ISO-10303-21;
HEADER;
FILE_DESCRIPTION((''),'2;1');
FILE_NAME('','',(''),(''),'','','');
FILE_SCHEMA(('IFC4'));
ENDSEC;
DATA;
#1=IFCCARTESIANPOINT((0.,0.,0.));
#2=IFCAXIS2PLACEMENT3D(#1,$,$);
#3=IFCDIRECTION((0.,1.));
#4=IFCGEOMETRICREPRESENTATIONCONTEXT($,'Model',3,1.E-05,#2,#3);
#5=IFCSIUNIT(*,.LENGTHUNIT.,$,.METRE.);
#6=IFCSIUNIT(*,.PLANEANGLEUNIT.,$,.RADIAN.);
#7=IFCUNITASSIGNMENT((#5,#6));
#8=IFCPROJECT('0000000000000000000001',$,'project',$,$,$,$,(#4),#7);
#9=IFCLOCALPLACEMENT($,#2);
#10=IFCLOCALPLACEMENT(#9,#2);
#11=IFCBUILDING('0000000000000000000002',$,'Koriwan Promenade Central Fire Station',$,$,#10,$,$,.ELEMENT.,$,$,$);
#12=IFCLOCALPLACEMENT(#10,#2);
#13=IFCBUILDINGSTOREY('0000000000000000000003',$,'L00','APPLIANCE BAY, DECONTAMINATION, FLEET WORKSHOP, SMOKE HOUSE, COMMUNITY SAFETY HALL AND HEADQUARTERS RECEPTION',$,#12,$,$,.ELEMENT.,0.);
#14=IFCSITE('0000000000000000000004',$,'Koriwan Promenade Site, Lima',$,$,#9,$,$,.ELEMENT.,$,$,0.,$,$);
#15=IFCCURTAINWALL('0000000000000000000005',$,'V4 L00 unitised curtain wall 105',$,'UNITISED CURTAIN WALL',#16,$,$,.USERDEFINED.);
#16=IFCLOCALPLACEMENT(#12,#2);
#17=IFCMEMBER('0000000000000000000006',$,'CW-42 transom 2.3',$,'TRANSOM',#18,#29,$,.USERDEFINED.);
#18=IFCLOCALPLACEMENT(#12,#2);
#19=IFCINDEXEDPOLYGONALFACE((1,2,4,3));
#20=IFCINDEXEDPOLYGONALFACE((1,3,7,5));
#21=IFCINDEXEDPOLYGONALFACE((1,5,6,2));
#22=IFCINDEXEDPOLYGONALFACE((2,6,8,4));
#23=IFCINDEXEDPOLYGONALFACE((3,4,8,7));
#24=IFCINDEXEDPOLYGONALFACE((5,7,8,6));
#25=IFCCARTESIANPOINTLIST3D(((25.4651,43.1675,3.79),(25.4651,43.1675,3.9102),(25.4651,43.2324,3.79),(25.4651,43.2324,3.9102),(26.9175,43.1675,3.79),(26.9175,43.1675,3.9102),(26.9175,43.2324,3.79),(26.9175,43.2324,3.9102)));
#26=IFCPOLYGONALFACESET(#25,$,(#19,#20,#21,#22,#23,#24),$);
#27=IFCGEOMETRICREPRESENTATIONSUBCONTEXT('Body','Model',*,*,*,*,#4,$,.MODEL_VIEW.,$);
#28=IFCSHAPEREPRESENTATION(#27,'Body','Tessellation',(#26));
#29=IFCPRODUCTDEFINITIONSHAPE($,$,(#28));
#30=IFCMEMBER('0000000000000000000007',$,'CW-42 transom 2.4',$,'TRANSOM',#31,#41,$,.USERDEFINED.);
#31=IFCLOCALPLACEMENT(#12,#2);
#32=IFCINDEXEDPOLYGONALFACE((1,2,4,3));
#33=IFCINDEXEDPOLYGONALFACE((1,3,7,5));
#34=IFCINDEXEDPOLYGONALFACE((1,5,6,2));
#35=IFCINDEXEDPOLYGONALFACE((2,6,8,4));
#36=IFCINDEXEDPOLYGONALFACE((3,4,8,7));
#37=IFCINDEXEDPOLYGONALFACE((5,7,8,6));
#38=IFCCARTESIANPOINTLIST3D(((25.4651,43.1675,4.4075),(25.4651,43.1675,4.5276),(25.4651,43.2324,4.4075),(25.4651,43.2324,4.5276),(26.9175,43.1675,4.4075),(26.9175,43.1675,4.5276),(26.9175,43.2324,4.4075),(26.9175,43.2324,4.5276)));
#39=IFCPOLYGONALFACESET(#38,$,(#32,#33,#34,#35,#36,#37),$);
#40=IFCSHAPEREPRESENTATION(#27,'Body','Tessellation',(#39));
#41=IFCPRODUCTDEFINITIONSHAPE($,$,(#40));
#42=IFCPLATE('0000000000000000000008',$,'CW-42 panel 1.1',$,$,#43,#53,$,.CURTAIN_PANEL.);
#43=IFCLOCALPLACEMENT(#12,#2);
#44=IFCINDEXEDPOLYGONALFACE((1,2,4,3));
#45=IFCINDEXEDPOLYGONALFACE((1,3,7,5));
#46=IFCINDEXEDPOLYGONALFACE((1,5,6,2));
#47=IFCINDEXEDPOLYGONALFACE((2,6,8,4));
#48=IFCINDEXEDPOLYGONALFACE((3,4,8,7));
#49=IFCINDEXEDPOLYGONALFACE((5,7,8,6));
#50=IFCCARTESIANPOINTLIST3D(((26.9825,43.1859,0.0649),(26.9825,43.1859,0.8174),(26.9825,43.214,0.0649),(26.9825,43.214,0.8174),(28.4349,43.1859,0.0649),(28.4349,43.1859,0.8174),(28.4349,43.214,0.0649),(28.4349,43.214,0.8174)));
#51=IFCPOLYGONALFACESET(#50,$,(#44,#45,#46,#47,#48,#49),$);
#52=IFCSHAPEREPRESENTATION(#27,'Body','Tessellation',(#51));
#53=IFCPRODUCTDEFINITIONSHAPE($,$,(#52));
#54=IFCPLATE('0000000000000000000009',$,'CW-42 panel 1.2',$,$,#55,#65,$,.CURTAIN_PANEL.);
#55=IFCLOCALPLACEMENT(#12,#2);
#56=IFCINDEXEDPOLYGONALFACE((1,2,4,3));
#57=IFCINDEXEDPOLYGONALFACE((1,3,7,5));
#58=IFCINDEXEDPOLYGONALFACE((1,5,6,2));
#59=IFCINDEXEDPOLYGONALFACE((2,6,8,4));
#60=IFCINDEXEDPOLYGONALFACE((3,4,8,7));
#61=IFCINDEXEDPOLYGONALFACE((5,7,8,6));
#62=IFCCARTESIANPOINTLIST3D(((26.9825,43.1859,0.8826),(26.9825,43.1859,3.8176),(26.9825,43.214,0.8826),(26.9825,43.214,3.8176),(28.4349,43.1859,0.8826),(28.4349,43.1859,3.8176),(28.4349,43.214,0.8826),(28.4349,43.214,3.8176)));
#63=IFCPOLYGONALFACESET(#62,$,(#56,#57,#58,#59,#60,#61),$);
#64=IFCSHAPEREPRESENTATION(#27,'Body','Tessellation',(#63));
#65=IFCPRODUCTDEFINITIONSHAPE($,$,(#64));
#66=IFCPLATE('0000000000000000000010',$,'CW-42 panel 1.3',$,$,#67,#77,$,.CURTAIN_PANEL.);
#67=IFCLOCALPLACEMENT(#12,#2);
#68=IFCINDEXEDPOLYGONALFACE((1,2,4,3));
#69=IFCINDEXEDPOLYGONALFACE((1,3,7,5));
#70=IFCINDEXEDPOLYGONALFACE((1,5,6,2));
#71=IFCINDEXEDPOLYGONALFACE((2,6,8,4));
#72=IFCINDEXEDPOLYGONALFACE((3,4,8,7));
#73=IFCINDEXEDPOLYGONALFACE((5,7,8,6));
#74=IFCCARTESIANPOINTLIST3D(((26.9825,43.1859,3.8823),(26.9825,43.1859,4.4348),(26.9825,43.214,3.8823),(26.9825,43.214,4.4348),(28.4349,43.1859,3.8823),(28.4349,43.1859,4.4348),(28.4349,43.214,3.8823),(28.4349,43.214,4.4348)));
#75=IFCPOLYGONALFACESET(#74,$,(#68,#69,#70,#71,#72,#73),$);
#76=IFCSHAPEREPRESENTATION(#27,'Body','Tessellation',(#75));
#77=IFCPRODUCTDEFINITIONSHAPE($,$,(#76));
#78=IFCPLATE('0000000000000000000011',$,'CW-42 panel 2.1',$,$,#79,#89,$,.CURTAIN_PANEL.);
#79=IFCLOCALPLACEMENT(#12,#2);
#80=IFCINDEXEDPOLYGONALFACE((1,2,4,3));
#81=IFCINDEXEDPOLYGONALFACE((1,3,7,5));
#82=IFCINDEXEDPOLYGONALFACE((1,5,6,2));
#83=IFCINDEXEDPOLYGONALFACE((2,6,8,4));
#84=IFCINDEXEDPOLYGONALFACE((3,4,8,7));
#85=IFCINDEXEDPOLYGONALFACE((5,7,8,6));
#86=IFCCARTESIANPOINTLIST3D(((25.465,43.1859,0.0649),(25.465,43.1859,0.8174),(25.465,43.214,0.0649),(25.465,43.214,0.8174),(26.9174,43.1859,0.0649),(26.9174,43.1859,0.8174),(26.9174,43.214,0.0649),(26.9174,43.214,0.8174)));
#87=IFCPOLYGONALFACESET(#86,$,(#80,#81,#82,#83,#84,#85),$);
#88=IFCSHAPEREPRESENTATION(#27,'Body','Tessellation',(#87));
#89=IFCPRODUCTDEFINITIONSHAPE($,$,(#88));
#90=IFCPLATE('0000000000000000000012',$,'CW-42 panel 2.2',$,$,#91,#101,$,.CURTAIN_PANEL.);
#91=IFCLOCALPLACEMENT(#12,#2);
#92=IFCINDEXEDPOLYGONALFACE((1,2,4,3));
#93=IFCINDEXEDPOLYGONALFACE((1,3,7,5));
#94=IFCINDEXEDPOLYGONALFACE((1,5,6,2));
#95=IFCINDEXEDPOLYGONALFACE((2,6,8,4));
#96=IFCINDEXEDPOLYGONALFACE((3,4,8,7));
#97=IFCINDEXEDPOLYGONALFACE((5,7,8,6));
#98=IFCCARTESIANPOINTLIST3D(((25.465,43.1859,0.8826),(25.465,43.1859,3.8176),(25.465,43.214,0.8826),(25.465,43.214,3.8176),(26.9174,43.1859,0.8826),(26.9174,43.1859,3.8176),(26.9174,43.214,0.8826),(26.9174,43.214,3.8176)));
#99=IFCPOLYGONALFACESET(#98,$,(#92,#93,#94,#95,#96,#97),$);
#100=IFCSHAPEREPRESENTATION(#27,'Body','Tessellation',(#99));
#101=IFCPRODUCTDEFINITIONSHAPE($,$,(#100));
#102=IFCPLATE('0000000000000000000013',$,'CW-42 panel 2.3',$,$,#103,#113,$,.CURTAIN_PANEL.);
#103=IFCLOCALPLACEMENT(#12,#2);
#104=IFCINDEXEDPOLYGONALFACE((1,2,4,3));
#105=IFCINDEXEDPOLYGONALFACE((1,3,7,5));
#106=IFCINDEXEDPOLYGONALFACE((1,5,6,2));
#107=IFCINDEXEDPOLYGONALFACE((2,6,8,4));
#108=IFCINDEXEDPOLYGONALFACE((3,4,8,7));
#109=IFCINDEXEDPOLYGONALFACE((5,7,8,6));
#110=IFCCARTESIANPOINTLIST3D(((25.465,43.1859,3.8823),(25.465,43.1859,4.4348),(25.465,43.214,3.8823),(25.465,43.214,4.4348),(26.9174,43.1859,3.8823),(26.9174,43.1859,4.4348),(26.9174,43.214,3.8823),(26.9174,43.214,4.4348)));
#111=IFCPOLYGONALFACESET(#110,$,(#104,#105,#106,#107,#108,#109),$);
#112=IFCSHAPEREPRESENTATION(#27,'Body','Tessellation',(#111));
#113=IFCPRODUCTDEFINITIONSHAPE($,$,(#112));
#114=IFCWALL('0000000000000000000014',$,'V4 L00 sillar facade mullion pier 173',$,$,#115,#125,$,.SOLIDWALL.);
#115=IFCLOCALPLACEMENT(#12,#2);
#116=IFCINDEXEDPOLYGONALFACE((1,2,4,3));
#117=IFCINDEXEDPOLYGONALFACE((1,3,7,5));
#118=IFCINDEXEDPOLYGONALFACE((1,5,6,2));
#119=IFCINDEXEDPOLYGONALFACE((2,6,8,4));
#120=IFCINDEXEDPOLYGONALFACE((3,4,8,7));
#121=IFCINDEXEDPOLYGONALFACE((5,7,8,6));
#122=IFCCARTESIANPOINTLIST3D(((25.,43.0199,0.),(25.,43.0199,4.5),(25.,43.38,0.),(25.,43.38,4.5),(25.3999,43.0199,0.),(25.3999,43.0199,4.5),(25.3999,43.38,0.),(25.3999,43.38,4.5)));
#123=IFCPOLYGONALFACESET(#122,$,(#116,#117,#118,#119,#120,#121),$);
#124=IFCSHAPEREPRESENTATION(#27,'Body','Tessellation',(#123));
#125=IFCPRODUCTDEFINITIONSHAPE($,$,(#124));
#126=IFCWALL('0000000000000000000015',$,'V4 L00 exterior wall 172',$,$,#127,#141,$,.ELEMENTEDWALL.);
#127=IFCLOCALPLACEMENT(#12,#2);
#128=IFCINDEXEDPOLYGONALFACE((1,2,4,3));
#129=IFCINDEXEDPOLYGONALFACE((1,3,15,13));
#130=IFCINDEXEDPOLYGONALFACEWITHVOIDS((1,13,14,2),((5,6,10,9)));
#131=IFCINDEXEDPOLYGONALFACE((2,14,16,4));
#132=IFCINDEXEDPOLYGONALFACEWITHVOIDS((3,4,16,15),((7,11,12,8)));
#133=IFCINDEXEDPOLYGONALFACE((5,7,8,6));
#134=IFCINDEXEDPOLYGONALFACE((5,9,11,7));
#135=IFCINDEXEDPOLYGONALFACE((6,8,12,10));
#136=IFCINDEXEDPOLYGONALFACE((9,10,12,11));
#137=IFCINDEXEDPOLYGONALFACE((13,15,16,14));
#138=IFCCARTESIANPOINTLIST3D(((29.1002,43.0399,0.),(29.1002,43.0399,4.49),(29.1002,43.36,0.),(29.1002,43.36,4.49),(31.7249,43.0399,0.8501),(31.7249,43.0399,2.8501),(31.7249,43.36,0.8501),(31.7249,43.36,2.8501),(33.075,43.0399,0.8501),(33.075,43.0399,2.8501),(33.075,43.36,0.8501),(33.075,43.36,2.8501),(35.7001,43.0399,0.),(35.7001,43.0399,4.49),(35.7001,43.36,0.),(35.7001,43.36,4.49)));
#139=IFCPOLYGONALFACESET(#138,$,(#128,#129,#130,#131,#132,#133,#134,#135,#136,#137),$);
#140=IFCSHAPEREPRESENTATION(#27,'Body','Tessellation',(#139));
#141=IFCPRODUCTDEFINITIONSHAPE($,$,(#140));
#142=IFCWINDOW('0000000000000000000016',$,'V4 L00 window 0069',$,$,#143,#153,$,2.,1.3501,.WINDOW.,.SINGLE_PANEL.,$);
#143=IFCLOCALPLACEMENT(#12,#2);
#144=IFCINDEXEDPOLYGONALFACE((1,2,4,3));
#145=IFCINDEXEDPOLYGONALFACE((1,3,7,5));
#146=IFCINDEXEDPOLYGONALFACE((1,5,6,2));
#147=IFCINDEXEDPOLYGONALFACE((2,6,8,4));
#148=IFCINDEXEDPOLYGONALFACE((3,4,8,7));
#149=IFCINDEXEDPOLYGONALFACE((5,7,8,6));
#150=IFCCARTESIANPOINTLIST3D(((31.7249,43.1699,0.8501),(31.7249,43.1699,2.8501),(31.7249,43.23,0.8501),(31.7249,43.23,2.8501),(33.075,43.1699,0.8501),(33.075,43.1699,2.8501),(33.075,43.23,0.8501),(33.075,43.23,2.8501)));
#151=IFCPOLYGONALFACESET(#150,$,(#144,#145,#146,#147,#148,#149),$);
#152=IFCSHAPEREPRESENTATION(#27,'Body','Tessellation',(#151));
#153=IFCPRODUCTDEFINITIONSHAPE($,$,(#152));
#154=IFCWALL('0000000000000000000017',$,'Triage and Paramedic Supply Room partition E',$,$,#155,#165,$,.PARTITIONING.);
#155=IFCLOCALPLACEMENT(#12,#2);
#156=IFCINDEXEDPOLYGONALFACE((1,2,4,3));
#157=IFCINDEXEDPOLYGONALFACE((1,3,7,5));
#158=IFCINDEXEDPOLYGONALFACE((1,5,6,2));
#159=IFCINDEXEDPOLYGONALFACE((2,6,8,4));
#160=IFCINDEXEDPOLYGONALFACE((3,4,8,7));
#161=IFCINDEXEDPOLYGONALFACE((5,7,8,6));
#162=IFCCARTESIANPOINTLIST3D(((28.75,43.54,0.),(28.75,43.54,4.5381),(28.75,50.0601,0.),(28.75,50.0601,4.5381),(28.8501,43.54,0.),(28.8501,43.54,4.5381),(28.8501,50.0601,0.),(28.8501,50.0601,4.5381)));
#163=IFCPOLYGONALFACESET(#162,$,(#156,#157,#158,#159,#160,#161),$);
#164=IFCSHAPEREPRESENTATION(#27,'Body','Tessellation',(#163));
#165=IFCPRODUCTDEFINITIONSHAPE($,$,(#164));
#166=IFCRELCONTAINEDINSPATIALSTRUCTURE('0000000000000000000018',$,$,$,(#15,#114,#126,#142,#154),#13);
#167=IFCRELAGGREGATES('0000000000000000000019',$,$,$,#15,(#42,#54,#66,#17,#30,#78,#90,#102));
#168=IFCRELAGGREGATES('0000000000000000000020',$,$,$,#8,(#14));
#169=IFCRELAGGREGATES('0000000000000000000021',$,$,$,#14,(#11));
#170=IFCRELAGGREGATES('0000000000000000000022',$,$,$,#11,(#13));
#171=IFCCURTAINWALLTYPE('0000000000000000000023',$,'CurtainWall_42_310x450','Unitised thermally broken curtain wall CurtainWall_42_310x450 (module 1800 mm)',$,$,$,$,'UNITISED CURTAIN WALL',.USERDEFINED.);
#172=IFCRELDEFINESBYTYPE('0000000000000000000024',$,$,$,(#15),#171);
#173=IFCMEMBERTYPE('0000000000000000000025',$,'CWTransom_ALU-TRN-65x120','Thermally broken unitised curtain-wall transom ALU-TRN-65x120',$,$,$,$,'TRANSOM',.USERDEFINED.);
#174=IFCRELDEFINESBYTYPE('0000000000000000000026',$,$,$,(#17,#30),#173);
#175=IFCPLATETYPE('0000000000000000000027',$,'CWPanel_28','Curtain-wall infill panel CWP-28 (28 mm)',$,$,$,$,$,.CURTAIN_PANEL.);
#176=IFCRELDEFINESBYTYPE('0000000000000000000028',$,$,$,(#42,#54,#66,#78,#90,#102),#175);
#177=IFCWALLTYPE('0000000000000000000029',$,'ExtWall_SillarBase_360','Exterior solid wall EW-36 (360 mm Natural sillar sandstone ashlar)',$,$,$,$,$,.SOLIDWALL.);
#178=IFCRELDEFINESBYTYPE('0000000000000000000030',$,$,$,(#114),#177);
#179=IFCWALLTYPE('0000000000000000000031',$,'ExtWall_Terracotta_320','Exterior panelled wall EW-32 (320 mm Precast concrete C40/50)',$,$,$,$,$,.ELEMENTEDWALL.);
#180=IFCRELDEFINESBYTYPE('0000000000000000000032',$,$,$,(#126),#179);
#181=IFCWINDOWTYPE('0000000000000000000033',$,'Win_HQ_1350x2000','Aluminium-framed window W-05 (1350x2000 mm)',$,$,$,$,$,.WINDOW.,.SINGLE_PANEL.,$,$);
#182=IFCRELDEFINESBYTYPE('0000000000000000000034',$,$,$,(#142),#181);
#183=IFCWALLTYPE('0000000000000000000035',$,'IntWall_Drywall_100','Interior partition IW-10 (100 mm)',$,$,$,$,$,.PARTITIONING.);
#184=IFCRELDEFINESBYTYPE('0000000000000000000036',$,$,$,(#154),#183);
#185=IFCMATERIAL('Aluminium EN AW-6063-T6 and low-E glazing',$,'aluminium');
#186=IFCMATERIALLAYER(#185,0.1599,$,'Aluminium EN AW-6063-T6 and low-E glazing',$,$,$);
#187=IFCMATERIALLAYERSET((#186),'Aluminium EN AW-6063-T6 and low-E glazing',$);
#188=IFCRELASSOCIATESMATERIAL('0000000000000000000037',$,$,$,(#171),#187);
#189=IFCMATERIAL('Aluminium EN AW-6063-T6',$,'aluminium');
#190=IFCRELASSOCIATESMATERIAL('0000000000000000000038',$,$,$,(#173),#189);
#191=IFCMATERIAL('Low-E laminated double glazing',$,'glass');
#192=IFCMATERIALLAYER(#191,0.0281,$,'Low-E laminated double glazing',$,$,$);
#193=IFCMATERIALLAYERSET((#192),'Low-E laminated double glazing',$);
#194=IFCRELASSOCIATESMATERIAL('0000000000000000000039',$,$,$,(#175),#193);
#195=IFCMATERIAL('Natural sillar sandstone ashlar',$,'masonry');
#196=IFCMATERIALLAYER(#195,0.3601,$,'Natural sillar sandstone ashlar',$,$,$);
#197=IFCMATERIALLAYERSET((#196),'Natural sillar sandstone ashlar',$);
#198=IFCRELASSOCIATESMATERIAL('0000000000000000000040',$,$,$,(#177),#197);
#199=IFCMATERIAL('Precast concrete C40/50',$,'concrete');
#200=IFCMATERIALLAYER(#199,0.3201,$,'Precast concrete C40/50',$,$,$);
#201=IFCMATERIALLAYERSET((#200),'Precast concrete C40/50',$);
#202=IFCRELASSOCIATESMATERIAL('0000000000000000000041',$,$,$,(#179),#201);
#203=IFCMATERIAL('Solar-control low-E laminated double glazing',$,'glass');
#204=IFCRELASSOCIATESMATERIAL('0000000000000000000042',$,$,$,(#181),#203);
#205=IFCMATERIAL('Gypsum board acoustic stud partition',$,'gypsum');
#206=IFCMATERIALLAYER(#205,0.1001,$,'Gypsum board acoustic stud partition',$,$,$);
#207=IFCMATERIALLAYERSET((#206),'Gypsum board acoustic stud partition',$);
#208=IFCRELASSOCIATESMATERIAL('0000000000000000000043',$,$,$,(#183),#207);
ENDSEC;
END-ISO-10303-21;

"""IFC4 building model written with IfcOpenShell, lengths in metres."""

from ifc_helpers import new_model, si_unit, direction, frame, frame_2d, origin, origin_2d, place, context, subcontext, project, spatial, rectangle, extrude, material, layer, layer_set, material_profile, profile_set, type_object, element, fill, aggregate, save


model = new_model("IFC4")

# Units and contexts
model_context = context("Model", 3, precision=1e-05, world=origin(), true_north=direction((0.0, 1.0)))
body_context = subcontext(model_context, "Body", "Model", "MODEL_VIEW")
ifc_project = project(units=[si_unit("LENGTHUNIT", "METRE"), si_unit("PLANEANGLEUNIT", "RADIAN")], contexts=[model_context])

# Site, building, storey
site_placement = place(None, origin())
site = spatial("IfcSite", under=ifc_project, at=site_placement, Name="Koriwan Promenade Site, Lima", CompositionType="ELEMENT", RefElevation=0.0)
building_placement = place(site_placement, origin())
building = spatial("IfcBuilding", under=site, at=building_placement, Name="Koriwan Promenade Central Fire Station", CompositionType="ELEMENT")
storey_placement = place(building_placement, origin())
storey = spatial("IfcBuildingStorey", under=building, at=storey_placement, Name="L00", Description="APPLIANCE BAY, DECONTAMINATION, FLEET WORKSHOP, SMOKE HOUSE, COMMUNITY SAFETY HALL AND HEADQUARTERS RECEPTION", CompositionType="ELEMENT", Elevation=0.0)

# Curtain wall, members, plates
ifc_material_1 = material(Name="Aluminium EN AW-6063-T6 and low-E glazing", Category="aluminium")
ifc_layer_1 = layer(ifc_material_1, 0.1599, Name="Aluminium EN AW-6063-T6 and low-E glazing")
ifc_layer_set_1 = layer_set([ifc_layer_1], Name="Aluminium EN AW-6063-T6 and low-E glazing")
curtain_wall_type = type_object("IfcCurtainWallType", Name="CurtainWall_42_310x450", Description="Unitised thermally broken curtain wall CurtainWall_42_310x450 (module 1800 mm)", ElementType="UNITISED CURTAIN WALL", PredefinedType="USERDEFINED", material=ifc_layer_set_1)
curtain_wall_placement = place(storey_placement, origin())
curtain_wall = element("IfcCurtainWall", 1, at=curtain_wall_placement, inside=storey, type_object=curtain_wall_type, Name="V4 L00 unitised curtain wall 105", ObjectType="UNITISED CURTAIN WALL", PredefinedType="USERDEFINED")
ifc_material_2 = material(Name="Aluminium EN AW-6063-T6", Category="aluminium")
ifc_material_profile_1 = material_profile(ifc_material_2, rectangle(XDim=0.0649, YDim=0.1201, at=origin_2d()), Name="ALU-TRN-65x120")
ifc_profile_set_1 = profile_set([ifc_material_profile_1], Name="Aluminium EN AW-6063-T6")
member_type_1 = type_object("IfcMemberType", Name="CWTransom_ALU-TRN-65x120", Description="Thermally broken unitised curtain-wall transom ALU-TRN-65x120", ElementType="TRANSOM", PredefinedType="USERDEFINED", material=ifc_profile_set_1)
member_1_placement = place(storey_placement, frame((26.9175, 43.2, 3.8501), z_axis=(-1.0, 0.0, 0.0), x_axis=(0.0, -1.0, 0.0)))
member_1 = element("IfcMember", 2, at=member_1_placement, type_object=member_type_1, Name="CW-42 transom 2.3", ObjectType="TRANSOM", PredefinedType="USERDEFINED", context=body_context, shape_type="SweptSolid", body=[
    extrude(rectangle(XDim=0.0649, YDim=0.1201, at=origin_2d()), origin(), (0.0, 0.0, 1.0), 1.4524),
])
member_2_placement = place(storey_placement, frame((26.9175, 43.2, 4.4675), z_axis=(-1.0, 0.0, 0.0), x_axis=(0.0, -1.0, 0.0)))
member_2 = element("IfcMember", 3, at=member_2_placement, type_object=member_type_1, Name="CW-42 transom 2.4", ObjectType="TRANSOM", PredefinedType="USERDEFINED", context=body_context, shape_type="SweptSolid", body=[
    extrude(rectangle(XDim=0.0649, YDim=0.1201, at=origin_2d()), origin(), (0.0, 0.0, 1.0), 1.4524),
])
ifc_material_3 = material(Name="Low-E laminated double glazing", Category="glass")
ifc_layer_2 = layer(ifc_material_3, 0.0281, Name="Low-E laminated double glazing")
ifc_layer_set_2 = layer_set([ifc_layer_2], Name="Low-E laminated double glazing")
plate_type = type_object("IfcPlateType", Name="CWPanel_28", Description="Curtain-wall infill panel CWP-28 (28 mm)", PredefinedType="CURTAIN_PANEL", material=ifc_layer_set_2)
plate_1_placement = place(storey_placement, frame((27.7087, 43.2, 0.0649), z_axis=(0.0, 0.0, 1.0), x_axis=(-1.0, 0.0, 0.0)))
plate_1 = element("IfcPlate", 4, at=plate_1_placement, type_object=plate_type, Name="CW-42 panel 1.1", PredefinedType="CURTAIN_PANEL", context=body_context, shape_type="SweptSolid", body=[
    extrude(rectangle(XDim=1.4524, YDim=0.0281, at=origin_2d()), origin(), (0.0, 0.0, 1.0), 0.7524),
])
plate_2_placement = place(storey_placement, frame((27.7087, 43.2, 0.8826), z_axis=(0.0, 0.0, 1.0), x_axis=(-1.0, 0.0, 0.0)))
plate_2 = element("IfcPlate", 5, at=plate_2_placement, type_object=plate_type, Name="CW-42 panel 1.2", PredefinedType="CURTAIN_PANEL", context=body_context, shape_type="SweptSolid", body=[
    extrude(rectangle(XDim=1.4524, YDim=0.0281, at=origin_2d()), origin(), (0.0, 0.0, 1.0), 2.9351),
])
plate_3_placement = place(storey_placement, frame((27.7087, 43.2, 3.8823), z_axis=(0.0, 0.0, 1.0), x_axis=(-1.0, 0.0, 0.0)))
plate_3 = element("IfcPlate", 6, at=plate_3_placement, type_object=plate_type, Name="CW-42 panel 1.3", PredefinedType="CURTAIN_PANEL", context=body_context, shape_type="SweptSolid", body=[
    extrude(rectangle(XDim=1.4524, YDim=0.0281, at=origin_2d()), origin(), (0.0, 0.0, 1.0), 0.5525),
])
plate_4_placement = place(storey_placement, frame((26.1912, 43.2, 0.0649), z_axis=(0.0, 0.0, 1.0), x_axis=(-1.0, 0.0, 0.0)))
plate_4 = element("IfcPlate", 7, at=plate_4_placement, type_object=plate_type, Name="CW-42 panel 2.1", PredefinedType="CURTAIN_PANEL", context=body_context, shape_type="SweptSolid", body=[
    extrude(rectangle(XDim=1.4524, YDim=0.0281, at=origin_2d()), origin(), (0.0, 0.0, 1.0), 0.7524),
])
plate_5_placement = place(storey_placement, frame((26.1912, 43.2, 0.8826), z_axis=(0.0, 0.0, 1.0), x_axis=(-1.0, 0.0, 0.0)))
plate_5 = element("IfcPlate", 8, at=plate_5_placement, type_object=plate_type, Name="CW-42 panel 2.2", PredefinedType="CURTAIN_PANEL", context=body_context, shape_type="SweptSolid", body=[
    extrude(rectangle(XDim=1.4524, YDim=0.0281, at=origin_2d()), origin(), (0.0, 0.0, 1.0), 2.9351),
])
plate_6_placement = place(storey_placement, frame((26.1912, 43.2, 3.8823), z_axis=(0.0, 0.0, 1.0), x_axis=(-1.0, 0.0, 0.0)))
plate_6 = element("IfcPlate", 9, at=plate_6_placement, type_object=plate_type, Name="CW-42 panel 2.3", PredefinedType="CURTAIN_PANEL", context=body_context, shape_type="SweptSolid", body=[
    extrude(rectangle(XDim=1.4524, YDim=0.0281, at=origin_2d()), origin(), (0.0, 0.0, 1.0), 0.5525),
])
aggregate(curtain_wall, [plate_1, plate_2, plate_3, member_1, member_2, plate_4, plate_5, plate_6])

# Wall
ifc_material_4 = material(Name="Natural sillar sandstone ashlar", Category="masonry")
ifc_layer_3 = layer(ifc_material_4, 0.3601, Name="Natural sillar sandstone ashlar")
ifc_layer_set_3 = layer_set([ifc_layer_3], Name="Natural sillar sandstone ashlar")
wall_type_1 = type_object("IfcWallType", Name="ExtWall_SillarBase_360", Description="Exterior solid wall EW-36 (360 mm Natural sillar sandstone ashlar)", PredefinedType="SOLIDWALL", material=ifc_layer_set_3)
wall_1_placement = place(storey_placement, frame((25.3999, 43.2, 0.0), z_axis=(0.0, 0.0, 1.0), x_axis=(-1.0, 0.0, 0.0)))
element("IfcWall", 10, at=wall_1_placement, inside=storey, type_object=wall_type_1, Name="V4 L00 sillar facade mullion pier 173", PredefinedType="SOLIDWALL", context=body_context, shape_type="SweptSolid", body=[
    extrude(rectangle(XDim=0.3999, YDim=0.3601, at=frame_2d((0.2, 0.0))), origin(), (0.0, 0.0, 1.0), 4.5),
])

# Wall, opening, window
ifc_material_5 = material(Name="Precast concrete C40/50", Category="concrete")
ifc_layer_4 = layer(ifc_material_5, 0.3201, Name="Precast concrete C40/50")
ifc_layer_set_4 = layer_set([ifc_layer_4], Name="Precast concrete C40/50")
wall_type_2 = type_object("IfcWallType", Name="ExtWall_Terracotta_320", Description="Exterior panelled wall EW-32 (320 mm Precast concrete C40/50)", PredefinedType="ELEMENTEDWALL", material=ifc_layer_set_4)
wall_2_placement = place(storey_placement, frame((35.7, 43.2, 0.0), z_axis=(0.0, 0.0, 1.0), x_axis=(-1.0, 0.0, 0.0)))
wall_2 = element("IfcWall", 11, at=wall_2_placement, inside=storey, type_object=wall_type_2, Name="V4 L00 exterior wall 172", PredefinedType="ELEMENTEDWALL", context=body_context, shape_type="SweptSolid", body=[
    extrude(rectangle(XDim=6.5999, YDim=0.3201, at=frame_2d((3.2998, 0.0))), origin(), (0.0, 0.0, 1.0), 4.49),
])
opening_placement = place(wall_2_placement, frame((2.625, 0.0, 0.8501)))
opening = element("IfcOpeningElement", 12, at=opening_placement, cuts=wall_2, PredefinedType="OPENING", context=body_context, shape_type="SweptSolid", body=[
    extrude(rectangle(XDim=1.3501, YDim=2.0, at=frame_2d((0.675, 1.0))), frame((0.0, 0.1719, 0.0), z_axis=(0.0, -1.0, 0.0), x_axis=(1.0, 0.0, 0.0)), (0.0, 0.0, 1.0), 0.344),
])
ifc_material_6 = material(Name="Solar-control low-E laminated double glazing", Category="glass")
window_type = type_object("IfcWindowType", Name="Win_HQ_1350x2000", Description="Aluminium-framed window W-05 (1350x2000 mm)", PartitioningType="SINGLE_PANEL", PredefinedType="WINDOW", material=ifc_material_6)
window_placement = place(opening_placement, origin())
window = element("IfcWindow", 13, at=window_placement, inside=storey, type_object=window_type, Name="V4 L00 window 0069", OverallHeight=2.0, OverallWidth=1.3501, PartitioningType="SINGLE_PANEL", PredefinedType="WINDOW", context=body_context, shape_type="SweptSolid", body=[
    extrude(rectangle(XDim=1.3501, YDim=2.0, at=frame_2d((0.675, 1.0))), frame((0.0, 0.03, 0.0), z_axis=(0.0, -1.0, 0.0), x_axis=(1.0, 0.0, 0.0)), (0.0, 0.0, 1.0), 0.0601),
])
fill(opening, window)

# Wall
ifc_material_7 = material(Name="Gypsum board acoustic stud partition", Category="gypsum")
ifc_layer_5 = layer(ifc_material_7, 0.1001, Name="Gypsum board acoustic stud partition")
ifc_layer_set_5 = layer_set([ifc_layer_5], Name="Gypsum board acoustic stud partition")
wall_type_3 = type_object("IfcWallType", Name="IntWall_Drywall_100", Description="Interior partition IW-10 (100 mm)", PredefinedType="PARTITIONING", material=ifc_layer_set_5)
wall_3_placement = place(storey_placement, frame((28.8, 43.54, 0.0), z_axis=(0.0, 0.0, 1.0), x_axis=(0.0, 1.0, 0.0)))
element("IfcWall", 14, at=wall_3_placement, inside=storey, type_object=wall_type_3, Name="Triage and Paramedic Supply Room partition E", PredefinedType="PARTITIONING", context=body_context, shape_type="SweptSolid", body=[
    extrude(rectangle(XDim=6.52, YDim=0.1001, at=frame_2d((3.26, 0.0))), origin(), (0.0, 0.0, 1.0), 4.5381),
])

save(model, "model.ifc")
